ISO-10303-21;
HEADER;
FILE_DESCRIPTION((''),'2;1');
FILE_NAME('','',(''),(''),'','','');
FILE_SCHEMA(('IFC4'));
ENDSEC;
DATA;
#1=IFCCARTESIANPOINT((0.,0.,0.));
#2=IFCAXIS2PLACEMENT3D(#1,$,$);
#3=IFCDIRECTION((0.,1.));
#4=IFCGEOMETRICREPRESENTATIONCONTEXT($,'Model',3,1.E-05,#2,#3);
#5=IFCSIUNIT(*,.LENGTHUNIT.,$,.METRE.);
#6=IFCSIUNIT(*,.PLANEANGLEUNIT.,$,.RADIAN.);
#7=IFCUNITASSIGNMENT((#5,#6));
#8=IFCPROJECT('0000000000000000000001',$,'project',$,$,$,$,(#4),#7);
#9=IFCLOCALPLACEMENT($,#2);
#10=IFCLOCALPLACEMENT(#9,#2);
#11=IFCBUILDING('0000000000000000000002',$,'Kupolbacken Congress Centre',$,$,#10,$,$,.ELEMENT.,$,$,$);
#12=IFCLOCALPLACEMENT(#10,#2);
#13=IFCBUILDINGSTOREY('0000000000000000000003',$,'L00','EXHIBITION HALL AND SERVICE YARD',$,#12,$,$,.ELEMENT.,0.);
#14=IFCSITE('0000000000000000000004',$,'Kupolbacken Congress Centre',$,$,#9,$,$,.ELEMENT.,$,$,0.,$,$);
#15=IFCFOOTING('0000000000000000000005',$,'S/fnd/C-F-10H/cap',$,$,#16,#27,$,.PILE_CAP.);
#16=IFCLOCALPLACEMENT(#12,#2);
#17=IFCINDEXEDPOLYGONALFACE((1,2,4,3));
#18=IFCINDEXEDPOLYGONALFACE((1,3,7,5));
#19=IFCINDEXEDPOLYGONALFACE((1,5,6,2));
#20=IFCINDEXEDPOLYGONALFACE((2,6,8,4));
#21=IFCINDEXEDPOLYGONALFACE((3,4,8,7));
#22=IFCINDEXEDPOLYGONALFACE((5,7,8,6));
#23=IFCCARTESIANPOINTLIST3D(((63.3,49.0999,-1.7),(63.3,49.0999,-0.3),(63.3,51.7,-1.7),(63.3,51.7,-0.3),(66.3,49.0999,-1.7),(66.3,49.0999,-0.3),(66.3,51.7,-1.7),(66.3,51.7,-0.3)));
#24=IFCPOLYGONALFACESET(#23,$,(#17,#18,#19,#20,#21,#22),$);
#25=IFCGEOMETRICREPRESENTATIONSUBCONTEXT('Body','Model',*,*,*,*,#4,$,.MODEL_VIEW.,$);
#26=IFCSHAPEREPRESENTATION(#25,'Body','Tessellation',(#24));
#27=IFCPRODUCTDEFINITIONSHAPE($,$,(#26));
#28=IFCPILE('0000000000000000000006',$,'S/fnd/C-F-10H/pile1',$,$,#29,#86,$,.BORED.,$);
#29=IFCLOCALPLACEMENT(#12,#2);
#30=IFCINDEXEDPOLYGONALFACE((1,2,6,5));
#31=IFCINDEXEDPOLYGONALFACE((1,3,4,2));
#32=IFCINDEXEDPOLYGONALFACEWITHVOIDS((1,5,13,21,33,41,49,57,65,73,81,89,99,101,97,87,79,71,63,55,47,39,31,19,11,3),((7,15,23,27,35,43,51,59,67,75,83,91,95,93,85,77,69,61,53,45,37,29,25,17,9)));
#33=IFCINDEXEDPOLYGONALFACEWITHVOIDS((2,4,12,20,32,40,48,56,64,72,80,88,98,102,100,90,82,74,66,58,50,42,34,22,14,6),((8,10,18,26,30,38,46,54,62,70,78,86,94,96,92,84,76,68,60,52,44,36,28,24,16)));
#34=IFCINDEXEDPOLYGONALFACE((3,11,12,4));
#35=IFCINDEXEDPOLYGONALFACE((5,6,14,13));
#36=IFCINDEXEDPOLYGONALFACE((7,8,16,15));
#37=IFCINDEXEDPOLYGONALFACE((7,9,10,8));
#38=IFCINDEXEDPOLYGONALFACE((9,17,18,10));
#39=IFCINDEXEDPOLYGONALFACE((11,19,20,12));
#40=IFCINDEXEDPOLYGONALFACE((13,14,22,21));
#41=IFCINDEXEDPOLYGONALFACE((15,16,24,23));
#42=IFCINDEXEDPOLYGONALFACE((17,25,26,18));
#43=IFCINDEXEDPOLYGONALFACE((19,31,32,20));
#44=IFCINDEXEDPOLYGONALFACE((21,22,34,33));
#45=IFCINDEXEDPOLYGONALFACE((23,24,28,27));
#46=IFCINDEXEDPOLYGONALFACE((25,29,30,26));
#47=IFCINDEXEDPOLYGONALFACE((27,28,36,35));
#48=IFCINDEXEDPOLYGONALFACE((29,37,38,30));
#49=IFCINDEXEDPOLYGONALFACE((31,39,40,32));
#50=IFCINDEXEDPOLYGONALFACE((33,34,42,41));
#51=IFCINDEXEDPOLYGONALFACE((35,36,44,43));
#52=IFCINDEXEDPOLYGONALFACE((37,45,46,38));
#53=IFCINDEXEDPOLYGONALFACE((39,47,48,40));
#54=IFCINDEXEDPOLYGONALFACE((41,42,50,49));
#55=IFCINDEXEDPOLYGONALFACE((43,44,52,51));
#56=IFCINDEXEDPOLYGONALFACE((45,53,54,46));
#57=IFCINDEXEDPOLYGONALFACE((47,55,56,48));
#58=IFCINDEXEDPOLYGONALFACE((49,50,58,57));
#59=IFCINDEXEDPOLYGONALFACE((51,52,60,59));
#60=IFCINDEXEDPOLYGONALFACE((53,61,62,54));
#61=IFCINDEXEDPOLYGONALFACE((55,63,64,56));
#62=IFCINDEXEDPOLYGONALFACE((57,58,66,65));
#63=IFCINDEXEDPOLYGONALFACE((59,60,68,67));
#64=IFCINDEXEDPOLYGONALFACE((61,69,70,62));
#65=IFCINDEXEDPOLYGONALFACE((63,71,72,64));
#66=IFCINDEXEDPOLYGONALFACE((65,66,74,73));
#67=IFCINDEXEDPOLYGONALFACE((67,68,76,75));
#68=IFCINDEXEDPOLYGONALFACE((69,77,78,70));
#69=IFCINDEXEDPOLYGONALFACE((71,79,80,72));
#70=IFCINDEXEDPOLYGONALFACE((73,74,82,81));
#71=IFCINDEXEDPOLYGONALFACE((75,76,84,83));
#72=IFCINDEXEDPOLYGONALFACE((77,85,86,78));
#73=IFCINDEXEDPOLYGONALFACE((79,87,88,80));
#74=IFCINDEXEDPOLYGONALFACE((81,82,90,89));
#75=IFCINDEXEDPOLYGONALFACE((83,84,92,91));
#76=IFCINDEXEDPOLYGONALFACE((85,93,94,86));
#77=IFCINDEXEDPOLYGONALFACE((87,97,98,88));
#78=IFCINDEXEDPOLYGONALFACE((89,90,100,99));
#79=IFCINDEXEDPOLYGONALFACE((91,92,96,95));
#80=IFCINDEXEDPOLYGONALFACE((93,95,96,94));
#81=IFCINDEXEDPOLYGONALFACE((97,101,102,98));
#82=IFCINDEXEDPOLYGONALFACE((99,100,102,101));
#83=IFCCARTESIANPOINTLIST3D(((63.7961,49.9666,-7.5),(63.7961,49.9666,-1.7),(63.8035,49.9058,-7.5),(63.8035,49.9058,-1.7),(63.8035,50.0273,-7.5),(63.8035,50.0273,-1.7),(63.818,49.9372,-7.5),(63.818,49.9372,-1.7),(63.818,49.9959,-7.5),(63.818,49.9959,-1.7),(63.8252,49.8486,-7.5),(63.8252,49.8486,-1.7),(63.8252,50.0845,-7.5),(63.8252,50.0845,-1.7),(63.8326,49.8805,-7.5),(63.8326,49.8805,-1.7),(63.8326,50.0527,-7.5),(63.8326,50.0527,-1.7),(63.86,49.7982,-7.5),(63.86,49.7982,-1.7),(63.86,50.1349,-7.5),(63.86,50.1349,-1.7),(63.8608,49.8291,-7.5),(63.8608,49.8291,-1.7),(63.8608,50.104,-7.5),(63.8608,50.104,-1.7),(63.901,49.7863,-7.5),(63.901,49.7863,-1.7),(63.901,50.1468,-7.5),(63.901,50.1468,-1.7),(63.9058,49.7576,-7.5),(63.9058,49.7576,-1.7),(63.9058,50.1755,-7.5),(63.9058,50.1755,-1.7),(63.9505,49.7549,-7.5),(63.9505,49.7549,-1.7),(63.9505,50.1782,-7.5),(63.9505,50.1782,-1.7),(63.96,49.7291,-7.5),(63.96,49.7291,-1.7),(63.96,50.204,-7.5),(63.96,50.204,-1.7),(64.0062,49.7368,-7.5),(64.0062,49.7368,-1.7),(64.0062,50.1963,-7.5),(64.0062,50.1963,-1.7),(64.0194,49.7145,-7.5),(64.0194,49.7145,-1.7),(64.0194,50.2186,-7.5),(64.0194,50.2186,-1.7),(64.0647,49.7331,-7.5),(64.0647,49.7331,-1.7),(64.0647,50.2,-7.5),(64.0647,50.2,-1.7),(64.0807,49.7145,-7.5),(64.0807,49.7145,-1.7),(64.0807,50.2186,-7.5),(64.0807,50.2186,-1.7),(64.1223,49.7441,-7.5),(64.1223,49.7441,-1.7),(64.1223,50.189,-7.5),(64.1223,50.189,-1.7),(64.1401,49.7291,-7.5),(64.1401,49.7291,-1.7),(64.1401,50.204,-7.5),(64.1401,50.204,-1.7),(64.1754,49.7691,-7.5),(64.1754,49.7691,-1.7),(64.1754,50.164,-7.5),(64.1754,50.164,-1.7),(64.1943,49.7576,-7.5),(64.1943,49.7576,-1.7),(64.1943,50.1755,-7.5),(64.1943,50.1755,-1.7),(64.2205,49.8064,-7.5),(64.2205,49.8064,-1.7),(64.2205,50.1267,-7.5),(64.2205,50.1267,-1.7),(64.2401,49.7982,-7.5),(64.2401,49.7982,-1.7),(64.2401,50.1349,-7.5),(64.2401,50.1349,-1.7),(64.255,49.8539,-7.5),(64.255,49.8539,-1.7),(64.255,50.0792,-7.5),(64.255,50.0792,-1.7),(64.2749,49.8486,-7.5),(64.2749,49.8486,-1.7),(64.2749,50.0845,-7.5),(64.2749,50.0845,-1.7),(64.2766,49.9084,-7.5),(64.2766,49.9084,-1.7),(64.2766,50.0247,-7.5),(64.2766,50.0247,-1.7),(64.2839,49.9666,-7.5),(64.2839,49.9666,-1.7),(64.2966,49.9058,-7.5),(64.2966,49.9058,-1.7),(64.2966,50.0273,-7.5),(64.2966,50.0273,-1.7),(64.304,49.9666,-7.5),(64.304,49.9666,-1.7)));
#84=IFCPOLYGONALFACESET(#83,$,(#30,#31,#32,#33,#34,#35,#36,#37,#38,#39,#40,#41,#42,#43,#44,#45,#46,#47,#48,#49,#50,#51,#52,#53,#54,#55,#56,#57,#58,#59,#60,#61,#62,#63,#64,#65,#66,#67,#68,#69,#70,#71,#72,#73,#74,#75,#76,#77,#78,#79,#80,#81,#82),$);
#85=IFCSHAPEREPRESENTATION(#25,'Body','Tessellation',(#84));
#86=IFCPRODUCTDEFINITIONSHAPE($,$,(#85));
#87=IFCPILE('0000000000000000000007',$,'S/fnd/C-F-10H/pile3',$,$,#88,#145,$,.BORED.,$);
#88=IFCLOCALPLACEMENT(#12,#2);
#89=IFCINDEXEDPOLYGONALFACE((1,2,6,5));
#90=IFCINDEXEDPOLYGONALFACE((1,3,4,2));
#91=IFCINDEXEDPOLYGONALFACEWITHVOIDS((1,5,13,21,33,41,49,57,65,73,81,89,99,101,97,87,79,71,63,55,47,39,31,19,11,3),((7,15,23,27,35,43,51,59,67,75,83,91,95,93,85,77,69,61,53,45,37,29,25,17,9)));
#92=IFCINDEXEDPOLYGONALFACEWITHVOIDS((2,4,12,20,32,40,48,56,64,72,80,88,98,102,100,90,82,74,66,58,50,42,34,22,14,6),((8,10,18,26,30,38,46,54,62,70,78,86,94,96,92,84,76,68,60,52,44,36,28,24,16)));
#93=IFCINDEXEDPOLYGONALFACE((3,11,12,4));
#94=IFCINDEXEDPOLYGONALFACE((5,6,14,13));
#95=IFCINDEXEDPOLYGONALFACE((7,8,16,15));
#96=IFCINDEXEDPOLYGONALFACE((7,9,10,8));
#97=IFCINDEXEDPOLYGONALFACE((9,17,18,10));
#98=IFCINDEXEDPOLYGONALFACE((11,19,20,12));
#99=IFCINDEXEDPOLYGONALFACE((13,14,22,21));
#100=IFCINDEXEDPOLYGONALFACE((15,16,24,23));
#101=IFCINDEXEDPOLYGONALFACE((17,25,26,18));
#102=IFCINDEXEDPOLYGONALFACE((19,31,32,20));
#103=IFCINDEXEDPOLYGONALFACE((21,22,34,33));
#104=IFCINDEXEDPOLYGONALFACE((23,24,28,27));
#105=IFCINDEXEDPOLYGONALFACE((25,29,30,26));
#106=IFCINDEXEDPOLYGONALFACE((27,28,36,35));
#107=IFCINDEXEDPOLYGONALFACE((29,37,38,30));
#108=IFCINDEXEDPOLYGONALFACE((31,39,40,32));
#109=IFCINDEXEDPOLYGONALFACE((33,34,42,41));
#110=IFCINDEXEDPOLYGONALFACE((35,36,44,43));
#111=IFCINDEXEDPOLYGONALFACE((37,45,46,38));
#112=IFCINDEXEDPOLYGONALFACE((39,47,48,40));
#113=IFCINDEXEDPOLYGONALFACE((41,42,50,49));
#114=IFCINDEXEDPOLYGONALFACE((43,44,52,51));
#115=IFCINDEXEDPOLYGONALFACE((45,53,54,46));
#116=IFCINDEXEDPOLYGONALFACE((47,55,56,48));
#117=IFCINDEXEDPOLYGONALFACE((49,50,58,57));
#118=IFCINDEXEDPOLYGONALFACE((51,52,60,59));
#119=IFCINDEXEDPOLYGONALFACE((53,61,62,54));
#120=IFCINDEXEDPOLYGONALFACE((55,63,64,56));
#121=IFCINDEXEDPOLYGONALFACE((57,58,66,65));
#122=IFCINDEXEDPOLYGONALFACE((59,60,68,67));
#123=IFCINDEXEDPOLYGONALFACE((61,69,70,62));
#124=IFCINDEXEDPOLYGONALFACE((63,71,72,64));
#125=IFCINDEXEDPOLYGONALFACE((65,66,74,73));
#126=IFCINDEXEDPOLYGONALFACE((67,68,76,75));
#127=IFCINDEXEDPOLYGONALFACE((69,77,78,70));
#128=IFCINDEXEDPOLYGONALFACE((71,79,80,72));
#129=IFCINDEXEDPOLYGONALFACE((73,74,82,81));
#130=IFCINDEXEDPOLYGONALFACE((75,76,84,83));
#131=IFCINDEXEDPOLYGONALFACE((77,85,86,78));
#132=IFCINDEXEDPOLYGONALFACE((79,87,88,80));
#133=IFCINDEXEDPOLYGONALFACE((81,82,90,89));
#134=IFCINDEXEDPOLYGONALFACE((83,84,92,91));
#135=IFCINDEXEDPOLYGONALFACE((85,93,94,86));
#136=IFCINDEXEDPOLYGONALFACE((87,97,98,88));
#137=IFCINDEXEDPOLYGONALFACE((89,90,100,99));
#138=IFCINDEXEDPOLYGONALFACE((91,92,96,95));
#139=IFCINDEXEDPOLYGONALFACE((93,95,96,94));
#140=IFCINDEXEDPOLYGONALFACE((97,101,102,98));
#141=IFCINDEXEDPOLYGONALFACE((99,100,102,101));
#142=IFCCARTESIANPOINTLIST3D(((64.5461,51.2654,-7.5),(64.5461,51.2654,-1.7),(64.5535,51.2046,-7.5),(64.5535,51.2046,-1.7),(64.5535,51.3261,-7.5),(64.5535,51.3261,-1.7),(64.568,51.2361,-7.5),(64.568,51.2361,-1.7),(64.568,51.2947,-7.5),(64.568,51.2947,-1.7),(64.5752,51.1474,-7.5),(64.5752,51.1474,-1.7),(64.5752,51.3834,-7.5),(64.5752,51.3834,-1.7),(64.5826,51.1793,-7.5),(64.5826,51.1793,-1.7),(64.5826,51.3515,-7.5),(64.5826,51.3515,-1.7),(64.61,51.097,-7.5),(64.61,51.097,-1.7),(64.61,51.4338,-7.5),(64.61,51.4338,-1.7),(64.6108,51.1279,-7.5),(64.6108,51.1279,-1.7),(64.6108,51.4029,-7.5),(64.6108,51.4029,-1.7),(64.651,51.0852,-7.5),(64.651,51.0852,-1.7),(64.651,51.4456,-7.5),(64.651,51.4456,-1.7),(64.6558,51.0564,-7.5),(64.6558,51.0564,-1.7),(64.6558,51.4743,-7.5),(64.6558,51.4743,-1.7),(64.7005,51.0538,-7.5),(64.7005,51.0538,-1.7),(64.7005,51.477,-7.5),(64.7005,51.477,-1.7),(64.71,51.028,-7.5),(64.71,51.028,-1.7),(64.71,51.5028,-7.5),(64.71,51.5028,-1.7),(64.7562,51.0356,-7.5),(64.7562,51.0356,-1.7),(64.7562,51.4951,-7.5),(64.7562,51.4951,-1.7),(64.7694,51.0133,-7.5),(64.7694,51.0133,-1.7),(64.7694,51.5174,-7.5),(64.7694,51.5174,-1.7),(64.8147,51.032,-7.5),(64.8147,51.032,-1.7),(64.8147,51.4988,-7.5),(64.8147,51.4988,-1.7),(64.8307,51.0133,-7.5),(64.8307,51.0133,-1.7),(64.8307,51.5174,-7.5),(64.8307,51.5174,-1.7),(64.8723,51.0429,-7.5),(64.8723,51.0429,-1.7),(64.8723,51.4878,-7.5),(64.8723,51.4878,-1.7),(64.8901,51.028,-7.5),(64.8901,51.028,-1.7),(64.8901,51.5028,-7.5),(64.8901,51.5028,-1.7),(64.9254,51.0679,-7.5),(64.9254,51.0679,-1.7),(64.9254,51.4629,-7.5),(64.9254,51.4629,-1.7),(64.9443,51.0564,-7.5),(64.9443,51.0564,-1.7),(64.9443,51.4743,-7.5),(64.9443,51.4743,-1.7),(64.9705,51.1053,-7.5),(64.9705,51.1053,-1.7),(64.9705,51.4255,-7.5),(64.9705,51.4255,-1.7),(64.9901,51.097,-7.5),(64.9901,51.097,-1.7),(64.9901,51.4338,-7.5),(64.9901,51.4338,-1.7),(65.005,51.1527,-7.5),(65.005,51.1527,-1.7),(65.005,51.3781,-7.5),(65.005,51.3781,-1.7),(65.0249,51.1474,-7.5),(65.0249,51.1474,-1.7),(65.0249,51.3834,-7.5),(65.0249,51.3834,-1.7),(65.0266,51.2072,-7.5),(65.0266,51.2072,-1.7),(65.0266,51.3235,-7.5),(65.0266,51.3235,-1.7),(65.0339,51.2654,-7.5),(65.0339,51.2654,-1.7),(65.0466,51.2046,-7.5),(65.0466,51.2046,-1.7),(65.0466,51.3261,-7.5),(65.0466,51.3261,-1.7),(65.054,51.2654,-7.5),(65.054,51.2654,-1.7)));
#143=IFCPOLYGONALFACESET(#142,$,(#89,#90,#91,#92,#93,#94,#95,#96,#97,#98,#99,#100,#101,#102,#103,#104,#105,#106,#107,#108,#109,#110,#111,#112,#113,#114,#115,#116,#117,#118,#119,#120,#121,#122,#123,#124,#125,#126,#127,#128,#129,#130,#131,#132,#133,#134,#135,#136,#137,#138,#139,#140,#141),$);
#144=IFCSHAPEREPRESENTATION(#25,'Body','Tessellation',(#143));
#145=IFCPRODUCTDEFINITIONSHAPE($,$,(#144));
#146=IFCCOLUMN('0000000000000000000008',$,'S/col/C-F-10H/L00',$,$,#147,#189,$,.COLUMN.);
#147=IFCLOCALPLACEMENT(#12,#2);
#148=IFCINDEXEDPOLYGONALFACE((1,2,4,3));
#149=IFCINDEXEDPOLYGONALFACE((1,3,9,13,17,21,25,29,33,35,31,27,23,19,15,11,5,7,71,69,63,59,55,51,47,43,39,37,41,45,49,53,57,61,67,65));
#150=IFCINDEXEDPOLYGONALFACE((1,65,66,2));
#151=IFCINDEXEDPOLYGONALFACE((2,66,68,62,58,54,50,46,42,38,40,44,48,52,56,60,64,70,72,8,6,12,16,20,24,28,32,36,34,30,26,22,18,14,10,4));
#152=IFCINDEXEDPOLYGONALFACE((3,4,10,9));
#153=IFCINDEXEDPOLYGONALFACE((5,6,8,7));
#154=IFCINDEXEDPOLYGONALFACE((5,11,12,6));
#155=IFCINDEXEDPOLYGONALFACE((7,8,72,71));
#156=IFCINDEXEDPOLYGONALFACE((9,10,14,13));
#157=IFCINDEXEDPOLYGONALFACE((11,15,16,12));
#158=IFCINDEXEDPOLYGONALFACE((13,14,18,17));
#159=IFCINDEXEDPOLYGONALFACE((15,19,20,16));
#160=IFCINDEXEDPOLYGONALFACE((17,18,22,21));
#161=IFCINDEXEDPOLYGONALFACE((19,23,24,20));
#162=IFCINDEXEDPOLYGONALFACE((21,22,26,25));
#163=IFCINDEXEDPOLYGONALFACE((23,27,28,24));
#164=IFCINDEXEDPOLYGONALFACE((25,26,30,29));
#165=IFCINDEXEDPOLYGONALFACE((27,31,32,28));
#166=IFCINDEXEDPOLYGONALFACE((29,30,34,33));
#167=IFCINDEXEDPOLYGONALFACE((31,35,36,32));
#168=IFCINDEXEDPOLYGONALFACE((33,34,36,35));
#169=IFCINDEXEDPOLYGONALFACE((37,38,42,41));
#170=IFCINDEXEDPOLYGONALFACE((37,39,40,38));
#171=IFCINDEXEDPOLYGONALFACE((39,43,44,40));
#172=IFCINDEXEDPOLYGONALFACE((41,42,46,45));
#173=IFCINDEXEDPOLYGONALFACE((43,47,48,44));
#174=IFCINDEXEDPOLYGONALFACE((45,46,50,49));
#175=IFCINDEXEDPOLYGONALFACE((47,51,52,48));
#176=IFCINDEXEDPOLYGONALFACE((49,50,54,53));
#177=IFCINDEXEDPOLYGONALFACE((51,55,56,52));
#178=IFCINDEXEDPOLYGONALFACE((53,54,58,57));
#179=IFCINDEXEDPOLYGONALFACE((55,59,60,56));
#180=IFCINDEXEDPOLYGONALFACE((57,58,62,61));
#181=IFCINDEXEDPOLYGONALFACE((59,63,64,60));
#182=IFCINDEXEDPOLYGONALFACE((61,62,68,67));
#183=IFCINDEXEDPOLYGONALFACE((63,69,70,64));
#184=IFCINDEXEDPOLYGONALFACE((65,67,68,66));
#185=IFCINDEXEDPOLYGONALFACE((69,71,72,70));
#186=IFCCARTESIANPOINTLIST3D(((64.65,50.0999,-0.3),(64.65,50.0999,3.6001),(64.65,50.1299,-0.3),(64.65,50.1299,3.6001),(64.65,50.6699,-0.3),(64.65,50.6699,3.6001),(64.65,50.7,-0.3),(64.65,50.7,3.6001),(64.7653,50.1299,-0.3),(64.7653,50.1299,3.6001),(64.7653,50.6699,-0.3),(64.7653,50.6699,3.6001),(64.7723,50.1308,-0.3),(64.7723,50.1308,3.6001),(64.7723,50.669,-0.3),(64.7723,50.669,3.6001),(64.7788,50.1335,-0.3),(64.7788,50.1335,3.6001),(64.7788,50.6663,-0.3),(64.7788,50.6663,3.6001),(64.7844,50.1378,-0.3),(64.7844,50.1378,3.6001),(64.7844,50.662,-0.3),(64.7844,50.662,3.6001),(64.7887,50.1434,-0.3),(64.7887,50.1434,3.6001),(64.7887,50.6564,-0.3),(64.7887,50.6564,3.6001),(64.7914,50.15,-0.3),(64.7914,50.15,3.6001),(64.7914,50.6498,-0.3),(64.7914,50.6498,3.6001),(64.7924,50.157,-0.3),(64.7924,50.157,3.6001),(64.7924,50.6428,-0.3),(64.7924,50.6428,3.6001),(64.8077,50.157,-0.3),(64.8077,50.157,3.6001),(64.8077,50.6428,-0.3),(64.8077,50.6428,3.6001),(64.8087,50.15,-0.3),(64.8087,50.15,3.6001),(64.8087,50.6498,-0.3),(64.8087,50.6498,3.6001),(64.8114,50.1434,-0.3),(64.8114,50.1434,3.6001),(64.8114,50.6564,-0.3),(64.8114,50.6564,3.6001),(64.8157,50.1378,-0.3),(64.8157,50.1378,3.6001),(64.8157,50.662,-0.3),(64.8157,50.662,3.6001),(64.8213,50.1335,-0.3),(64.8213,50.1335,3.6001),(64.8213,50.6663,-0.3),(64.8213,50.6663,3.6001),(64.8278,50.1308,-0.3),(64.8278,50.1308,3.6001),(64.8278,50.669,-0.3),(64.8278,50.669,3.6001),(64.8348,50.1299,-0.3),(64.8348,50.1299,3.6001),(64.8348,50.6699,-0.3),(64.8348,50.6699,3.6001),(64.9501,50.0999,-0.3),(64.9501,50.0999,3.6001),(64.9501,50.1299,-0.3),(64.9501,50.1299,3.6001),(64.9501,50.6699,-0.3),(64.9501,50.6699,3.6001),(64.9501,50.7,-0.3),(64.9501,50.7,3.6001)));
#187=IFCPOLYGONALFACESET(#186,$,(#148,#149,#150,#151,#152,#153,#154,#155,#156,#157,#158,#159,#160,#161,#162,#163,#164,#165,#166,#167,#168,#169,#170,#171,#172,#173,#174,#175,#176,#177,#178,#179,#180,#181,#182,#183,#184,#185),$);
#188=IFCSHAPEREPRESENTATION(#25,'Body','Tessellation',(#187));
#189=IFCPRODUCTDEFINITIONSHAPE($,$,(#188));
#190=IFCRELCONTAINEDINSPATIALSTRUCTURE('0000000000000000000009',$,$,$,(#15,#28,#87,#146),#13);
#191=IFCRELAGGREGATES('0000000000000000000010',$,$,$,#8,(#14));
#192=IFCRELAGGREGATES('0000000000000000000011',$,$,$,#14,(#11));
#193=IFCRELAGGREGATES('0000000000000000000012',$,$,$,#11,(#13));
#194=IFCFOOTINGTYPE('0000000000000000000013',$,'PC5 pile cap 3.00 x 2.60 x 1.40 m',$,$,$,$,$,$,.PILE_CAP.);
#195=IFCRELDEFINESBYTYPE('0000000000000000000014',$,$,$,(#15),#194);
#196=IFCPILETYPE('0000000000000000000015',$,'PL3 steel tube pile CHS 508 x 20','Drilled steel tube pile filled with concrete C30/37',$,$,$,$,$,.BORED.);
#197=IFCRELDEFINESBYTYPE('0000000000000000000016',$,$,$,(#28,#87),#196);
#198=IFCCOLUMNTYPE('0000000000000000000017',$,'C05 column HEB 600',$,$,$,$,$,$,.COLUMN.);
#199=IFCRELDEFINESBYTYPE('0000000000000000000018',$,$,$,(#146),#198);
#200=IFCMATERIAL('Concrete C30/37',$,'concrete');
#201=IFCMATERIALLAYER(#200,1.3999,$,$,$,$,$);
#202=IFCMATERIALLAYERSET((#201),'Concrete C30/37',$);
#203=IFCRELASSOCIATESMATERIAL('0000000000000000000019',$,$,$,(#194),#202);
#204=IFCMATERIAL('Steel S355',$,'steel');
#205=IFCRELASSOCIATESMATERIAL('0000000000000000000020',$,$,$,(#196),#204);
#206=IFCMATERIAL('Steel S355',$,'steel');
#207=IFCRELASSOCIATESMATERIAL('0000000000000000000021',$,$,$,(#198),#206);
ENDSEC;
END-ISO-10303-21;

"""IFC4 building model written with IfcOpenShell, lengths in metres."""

from ifc_helpers import new_model, si_unit, direction, frame, origin, origin_2d, place, context, subcontext, project, spatial, rectangle, hollow_circle, i_section, extrude, material, layer, layer_set, material_profile, profile_set, type_object, element, save


model = new_model("IFC4")

# Units and contexts
model_context = context("Model", 3, precision=1e-05, world=origin(), true_north=direction((0.0, 1.0)))
body_context = subcontext(model_context, "Body", "Model", "MODEL_VIEW")
ifc_project = project(units=[si_unit("LENGTHUNIT", "METRE"), si_unit("PLANEANGLEUNIT", "RADIAN")], contexts=[model_context])

# Site, building, storey
site_placement = place(None, origin())
site = spatial("IfcSite", under=ifc_project, at=site_placement, Name="Kupolbacken Congress Centre", CompositionType="ELEMENT", RefElevation=0.0)
building_placement = place(site_placement, origin())
building = spatial("IfcBuilding", under=site, at=building_placement, Name="Kupolbacken Congress Centre", CompositionType="ELEMENT")
storey_placement = place(building_placement, origin())
storey = spatial("IfcBuildingStorey", under=building, at=storey_placement, Name="L00", Description="EXHIBITION HALL AND SERVICE YARD", CompositionType="ELEMENT", Elevation=0.0)

# Footing
ifc_material_1 = material(Name="Concrete C30/37", Category="concrete")
ifc_layer_1 = layer(ifc_material_1, 1.3999)
ifc_layer_set_1 = layer_set([ifc_layer_1], Name="Concrete C30/37")
footing_type = type_object("IfcFootingType", Name="PC5 pile cap 3.00 x 2.60 x 1.40 m", PredefinedType="PILE_CAP", material=ifc_layer_set_1)
footing_placement = place(storey_placement, frame((64.8, 50.3999, -1.7), z_axis=(0.0, 0.0, 1.0), x_axis=(1.0, 0.0, 0.0)))
element("IfcFooting", 1, at=footing_placement, inside=storey, type_object=footing_type, Name="S/fnd/C-F-10H/cap", PredefinedType="PILE_CAP", context=body_context, shape_type="SweptSolid", body=[
    extrude(rectangle(XDim=3.0, YDim=2.6001, at=origin_2d()), origin(), (0.0, 0.0, 1.0), 1.3999),
])

# Piles
ifc_material_2 = material(Name="Steel S355", Category="steel")
ifc_material_profile_1 = material_profile(ifc_material_2, hollow_circle(Radius=0.2539, WallThickness=0.02, at=origin_2d()), Name="CHS 508 x 20")
ifc_profile_set_1 = profile_set([ifc_material_profile_1], Name="Steel S355")
pile_type = type_object("IfcPileType", Name="PL3 steel tube pile CHS 508 x 20", Description="Drilled steel tube pile filled with concrete C30/37", PredefinedType="BORED", material=ifc_profile_set_1)
for number, where, z_axis, x_axis, name in (
    (2, (64.05, 49.9666, -1.7), (0.0, 0.0, -1.0), (1.0, 0.0, 0.0), "S/fnd/C-F-10H/pile1"),
    (3, (64.8, 51.2654, -1.7), (0.0, 0.0, -1.0), (1.0, 0.0, 0.0), "S/fnd/C-F-10H/pile3"),
):
    element("IfcPile", number, at=place(storey_placement, frame(where, z_axis=z_axis, x_axis=x_axis)), inside=storey, type_object=pile_type, Name=name, PredefinedType="BORED", context=body_context, shape_type="SweptSolid", body=[
        extrude(hollow_circle(Radius=0.2539, WallThickness=0.02, at=origin_2d()), origin(), (0.0, 0.0, 1.0), 5.8),
    ])

# Column
ifc_material_3 = material(Name="Steel S355", Category="steel")
ifc_material_profile_2 = material_profile(ifc_material_3, i_section(OverallWidth=0.3, OverallDepth=0.6001, WebThickness=0.0154, FlangeThickness=0.03, FilletRadius=0.0271, at=origin_2d()), Name="HEB 600")
ifc_profile_set_2 = profile_set([ifc_material_profile_2], Name="Steel S355")
column_type = type_object("IfcColumnType", Name="C05 column HEB 600", PredefinedType="COLUMN", material=ifc_profile_set_2)
column_placement = place(storey_placement, frame((64.8, 50.3999, -0.3), z_axis=(0.0, 0.0, 1.0), x_axis=(1.0, 0.0, 0.0)))
element("IfcColumn", 4, at=column_placement, inside=storey, type_object=column_type, Name="S/col/C-F-10H/L00", PredefinedType="COLUMN", context=body_context, shape_type="SweptSolid", body=[
    extrude(i_section(OverallWidth=0.3, OverallDepth=0.6001, WebThickness=0.0154, FlangeThickness=0.03, FilletRadius=0.0271, at=origin_2d()), origin(), (0.0, 0.0, 1.0), 3.9001),
])

save(model, "model.ifc")
